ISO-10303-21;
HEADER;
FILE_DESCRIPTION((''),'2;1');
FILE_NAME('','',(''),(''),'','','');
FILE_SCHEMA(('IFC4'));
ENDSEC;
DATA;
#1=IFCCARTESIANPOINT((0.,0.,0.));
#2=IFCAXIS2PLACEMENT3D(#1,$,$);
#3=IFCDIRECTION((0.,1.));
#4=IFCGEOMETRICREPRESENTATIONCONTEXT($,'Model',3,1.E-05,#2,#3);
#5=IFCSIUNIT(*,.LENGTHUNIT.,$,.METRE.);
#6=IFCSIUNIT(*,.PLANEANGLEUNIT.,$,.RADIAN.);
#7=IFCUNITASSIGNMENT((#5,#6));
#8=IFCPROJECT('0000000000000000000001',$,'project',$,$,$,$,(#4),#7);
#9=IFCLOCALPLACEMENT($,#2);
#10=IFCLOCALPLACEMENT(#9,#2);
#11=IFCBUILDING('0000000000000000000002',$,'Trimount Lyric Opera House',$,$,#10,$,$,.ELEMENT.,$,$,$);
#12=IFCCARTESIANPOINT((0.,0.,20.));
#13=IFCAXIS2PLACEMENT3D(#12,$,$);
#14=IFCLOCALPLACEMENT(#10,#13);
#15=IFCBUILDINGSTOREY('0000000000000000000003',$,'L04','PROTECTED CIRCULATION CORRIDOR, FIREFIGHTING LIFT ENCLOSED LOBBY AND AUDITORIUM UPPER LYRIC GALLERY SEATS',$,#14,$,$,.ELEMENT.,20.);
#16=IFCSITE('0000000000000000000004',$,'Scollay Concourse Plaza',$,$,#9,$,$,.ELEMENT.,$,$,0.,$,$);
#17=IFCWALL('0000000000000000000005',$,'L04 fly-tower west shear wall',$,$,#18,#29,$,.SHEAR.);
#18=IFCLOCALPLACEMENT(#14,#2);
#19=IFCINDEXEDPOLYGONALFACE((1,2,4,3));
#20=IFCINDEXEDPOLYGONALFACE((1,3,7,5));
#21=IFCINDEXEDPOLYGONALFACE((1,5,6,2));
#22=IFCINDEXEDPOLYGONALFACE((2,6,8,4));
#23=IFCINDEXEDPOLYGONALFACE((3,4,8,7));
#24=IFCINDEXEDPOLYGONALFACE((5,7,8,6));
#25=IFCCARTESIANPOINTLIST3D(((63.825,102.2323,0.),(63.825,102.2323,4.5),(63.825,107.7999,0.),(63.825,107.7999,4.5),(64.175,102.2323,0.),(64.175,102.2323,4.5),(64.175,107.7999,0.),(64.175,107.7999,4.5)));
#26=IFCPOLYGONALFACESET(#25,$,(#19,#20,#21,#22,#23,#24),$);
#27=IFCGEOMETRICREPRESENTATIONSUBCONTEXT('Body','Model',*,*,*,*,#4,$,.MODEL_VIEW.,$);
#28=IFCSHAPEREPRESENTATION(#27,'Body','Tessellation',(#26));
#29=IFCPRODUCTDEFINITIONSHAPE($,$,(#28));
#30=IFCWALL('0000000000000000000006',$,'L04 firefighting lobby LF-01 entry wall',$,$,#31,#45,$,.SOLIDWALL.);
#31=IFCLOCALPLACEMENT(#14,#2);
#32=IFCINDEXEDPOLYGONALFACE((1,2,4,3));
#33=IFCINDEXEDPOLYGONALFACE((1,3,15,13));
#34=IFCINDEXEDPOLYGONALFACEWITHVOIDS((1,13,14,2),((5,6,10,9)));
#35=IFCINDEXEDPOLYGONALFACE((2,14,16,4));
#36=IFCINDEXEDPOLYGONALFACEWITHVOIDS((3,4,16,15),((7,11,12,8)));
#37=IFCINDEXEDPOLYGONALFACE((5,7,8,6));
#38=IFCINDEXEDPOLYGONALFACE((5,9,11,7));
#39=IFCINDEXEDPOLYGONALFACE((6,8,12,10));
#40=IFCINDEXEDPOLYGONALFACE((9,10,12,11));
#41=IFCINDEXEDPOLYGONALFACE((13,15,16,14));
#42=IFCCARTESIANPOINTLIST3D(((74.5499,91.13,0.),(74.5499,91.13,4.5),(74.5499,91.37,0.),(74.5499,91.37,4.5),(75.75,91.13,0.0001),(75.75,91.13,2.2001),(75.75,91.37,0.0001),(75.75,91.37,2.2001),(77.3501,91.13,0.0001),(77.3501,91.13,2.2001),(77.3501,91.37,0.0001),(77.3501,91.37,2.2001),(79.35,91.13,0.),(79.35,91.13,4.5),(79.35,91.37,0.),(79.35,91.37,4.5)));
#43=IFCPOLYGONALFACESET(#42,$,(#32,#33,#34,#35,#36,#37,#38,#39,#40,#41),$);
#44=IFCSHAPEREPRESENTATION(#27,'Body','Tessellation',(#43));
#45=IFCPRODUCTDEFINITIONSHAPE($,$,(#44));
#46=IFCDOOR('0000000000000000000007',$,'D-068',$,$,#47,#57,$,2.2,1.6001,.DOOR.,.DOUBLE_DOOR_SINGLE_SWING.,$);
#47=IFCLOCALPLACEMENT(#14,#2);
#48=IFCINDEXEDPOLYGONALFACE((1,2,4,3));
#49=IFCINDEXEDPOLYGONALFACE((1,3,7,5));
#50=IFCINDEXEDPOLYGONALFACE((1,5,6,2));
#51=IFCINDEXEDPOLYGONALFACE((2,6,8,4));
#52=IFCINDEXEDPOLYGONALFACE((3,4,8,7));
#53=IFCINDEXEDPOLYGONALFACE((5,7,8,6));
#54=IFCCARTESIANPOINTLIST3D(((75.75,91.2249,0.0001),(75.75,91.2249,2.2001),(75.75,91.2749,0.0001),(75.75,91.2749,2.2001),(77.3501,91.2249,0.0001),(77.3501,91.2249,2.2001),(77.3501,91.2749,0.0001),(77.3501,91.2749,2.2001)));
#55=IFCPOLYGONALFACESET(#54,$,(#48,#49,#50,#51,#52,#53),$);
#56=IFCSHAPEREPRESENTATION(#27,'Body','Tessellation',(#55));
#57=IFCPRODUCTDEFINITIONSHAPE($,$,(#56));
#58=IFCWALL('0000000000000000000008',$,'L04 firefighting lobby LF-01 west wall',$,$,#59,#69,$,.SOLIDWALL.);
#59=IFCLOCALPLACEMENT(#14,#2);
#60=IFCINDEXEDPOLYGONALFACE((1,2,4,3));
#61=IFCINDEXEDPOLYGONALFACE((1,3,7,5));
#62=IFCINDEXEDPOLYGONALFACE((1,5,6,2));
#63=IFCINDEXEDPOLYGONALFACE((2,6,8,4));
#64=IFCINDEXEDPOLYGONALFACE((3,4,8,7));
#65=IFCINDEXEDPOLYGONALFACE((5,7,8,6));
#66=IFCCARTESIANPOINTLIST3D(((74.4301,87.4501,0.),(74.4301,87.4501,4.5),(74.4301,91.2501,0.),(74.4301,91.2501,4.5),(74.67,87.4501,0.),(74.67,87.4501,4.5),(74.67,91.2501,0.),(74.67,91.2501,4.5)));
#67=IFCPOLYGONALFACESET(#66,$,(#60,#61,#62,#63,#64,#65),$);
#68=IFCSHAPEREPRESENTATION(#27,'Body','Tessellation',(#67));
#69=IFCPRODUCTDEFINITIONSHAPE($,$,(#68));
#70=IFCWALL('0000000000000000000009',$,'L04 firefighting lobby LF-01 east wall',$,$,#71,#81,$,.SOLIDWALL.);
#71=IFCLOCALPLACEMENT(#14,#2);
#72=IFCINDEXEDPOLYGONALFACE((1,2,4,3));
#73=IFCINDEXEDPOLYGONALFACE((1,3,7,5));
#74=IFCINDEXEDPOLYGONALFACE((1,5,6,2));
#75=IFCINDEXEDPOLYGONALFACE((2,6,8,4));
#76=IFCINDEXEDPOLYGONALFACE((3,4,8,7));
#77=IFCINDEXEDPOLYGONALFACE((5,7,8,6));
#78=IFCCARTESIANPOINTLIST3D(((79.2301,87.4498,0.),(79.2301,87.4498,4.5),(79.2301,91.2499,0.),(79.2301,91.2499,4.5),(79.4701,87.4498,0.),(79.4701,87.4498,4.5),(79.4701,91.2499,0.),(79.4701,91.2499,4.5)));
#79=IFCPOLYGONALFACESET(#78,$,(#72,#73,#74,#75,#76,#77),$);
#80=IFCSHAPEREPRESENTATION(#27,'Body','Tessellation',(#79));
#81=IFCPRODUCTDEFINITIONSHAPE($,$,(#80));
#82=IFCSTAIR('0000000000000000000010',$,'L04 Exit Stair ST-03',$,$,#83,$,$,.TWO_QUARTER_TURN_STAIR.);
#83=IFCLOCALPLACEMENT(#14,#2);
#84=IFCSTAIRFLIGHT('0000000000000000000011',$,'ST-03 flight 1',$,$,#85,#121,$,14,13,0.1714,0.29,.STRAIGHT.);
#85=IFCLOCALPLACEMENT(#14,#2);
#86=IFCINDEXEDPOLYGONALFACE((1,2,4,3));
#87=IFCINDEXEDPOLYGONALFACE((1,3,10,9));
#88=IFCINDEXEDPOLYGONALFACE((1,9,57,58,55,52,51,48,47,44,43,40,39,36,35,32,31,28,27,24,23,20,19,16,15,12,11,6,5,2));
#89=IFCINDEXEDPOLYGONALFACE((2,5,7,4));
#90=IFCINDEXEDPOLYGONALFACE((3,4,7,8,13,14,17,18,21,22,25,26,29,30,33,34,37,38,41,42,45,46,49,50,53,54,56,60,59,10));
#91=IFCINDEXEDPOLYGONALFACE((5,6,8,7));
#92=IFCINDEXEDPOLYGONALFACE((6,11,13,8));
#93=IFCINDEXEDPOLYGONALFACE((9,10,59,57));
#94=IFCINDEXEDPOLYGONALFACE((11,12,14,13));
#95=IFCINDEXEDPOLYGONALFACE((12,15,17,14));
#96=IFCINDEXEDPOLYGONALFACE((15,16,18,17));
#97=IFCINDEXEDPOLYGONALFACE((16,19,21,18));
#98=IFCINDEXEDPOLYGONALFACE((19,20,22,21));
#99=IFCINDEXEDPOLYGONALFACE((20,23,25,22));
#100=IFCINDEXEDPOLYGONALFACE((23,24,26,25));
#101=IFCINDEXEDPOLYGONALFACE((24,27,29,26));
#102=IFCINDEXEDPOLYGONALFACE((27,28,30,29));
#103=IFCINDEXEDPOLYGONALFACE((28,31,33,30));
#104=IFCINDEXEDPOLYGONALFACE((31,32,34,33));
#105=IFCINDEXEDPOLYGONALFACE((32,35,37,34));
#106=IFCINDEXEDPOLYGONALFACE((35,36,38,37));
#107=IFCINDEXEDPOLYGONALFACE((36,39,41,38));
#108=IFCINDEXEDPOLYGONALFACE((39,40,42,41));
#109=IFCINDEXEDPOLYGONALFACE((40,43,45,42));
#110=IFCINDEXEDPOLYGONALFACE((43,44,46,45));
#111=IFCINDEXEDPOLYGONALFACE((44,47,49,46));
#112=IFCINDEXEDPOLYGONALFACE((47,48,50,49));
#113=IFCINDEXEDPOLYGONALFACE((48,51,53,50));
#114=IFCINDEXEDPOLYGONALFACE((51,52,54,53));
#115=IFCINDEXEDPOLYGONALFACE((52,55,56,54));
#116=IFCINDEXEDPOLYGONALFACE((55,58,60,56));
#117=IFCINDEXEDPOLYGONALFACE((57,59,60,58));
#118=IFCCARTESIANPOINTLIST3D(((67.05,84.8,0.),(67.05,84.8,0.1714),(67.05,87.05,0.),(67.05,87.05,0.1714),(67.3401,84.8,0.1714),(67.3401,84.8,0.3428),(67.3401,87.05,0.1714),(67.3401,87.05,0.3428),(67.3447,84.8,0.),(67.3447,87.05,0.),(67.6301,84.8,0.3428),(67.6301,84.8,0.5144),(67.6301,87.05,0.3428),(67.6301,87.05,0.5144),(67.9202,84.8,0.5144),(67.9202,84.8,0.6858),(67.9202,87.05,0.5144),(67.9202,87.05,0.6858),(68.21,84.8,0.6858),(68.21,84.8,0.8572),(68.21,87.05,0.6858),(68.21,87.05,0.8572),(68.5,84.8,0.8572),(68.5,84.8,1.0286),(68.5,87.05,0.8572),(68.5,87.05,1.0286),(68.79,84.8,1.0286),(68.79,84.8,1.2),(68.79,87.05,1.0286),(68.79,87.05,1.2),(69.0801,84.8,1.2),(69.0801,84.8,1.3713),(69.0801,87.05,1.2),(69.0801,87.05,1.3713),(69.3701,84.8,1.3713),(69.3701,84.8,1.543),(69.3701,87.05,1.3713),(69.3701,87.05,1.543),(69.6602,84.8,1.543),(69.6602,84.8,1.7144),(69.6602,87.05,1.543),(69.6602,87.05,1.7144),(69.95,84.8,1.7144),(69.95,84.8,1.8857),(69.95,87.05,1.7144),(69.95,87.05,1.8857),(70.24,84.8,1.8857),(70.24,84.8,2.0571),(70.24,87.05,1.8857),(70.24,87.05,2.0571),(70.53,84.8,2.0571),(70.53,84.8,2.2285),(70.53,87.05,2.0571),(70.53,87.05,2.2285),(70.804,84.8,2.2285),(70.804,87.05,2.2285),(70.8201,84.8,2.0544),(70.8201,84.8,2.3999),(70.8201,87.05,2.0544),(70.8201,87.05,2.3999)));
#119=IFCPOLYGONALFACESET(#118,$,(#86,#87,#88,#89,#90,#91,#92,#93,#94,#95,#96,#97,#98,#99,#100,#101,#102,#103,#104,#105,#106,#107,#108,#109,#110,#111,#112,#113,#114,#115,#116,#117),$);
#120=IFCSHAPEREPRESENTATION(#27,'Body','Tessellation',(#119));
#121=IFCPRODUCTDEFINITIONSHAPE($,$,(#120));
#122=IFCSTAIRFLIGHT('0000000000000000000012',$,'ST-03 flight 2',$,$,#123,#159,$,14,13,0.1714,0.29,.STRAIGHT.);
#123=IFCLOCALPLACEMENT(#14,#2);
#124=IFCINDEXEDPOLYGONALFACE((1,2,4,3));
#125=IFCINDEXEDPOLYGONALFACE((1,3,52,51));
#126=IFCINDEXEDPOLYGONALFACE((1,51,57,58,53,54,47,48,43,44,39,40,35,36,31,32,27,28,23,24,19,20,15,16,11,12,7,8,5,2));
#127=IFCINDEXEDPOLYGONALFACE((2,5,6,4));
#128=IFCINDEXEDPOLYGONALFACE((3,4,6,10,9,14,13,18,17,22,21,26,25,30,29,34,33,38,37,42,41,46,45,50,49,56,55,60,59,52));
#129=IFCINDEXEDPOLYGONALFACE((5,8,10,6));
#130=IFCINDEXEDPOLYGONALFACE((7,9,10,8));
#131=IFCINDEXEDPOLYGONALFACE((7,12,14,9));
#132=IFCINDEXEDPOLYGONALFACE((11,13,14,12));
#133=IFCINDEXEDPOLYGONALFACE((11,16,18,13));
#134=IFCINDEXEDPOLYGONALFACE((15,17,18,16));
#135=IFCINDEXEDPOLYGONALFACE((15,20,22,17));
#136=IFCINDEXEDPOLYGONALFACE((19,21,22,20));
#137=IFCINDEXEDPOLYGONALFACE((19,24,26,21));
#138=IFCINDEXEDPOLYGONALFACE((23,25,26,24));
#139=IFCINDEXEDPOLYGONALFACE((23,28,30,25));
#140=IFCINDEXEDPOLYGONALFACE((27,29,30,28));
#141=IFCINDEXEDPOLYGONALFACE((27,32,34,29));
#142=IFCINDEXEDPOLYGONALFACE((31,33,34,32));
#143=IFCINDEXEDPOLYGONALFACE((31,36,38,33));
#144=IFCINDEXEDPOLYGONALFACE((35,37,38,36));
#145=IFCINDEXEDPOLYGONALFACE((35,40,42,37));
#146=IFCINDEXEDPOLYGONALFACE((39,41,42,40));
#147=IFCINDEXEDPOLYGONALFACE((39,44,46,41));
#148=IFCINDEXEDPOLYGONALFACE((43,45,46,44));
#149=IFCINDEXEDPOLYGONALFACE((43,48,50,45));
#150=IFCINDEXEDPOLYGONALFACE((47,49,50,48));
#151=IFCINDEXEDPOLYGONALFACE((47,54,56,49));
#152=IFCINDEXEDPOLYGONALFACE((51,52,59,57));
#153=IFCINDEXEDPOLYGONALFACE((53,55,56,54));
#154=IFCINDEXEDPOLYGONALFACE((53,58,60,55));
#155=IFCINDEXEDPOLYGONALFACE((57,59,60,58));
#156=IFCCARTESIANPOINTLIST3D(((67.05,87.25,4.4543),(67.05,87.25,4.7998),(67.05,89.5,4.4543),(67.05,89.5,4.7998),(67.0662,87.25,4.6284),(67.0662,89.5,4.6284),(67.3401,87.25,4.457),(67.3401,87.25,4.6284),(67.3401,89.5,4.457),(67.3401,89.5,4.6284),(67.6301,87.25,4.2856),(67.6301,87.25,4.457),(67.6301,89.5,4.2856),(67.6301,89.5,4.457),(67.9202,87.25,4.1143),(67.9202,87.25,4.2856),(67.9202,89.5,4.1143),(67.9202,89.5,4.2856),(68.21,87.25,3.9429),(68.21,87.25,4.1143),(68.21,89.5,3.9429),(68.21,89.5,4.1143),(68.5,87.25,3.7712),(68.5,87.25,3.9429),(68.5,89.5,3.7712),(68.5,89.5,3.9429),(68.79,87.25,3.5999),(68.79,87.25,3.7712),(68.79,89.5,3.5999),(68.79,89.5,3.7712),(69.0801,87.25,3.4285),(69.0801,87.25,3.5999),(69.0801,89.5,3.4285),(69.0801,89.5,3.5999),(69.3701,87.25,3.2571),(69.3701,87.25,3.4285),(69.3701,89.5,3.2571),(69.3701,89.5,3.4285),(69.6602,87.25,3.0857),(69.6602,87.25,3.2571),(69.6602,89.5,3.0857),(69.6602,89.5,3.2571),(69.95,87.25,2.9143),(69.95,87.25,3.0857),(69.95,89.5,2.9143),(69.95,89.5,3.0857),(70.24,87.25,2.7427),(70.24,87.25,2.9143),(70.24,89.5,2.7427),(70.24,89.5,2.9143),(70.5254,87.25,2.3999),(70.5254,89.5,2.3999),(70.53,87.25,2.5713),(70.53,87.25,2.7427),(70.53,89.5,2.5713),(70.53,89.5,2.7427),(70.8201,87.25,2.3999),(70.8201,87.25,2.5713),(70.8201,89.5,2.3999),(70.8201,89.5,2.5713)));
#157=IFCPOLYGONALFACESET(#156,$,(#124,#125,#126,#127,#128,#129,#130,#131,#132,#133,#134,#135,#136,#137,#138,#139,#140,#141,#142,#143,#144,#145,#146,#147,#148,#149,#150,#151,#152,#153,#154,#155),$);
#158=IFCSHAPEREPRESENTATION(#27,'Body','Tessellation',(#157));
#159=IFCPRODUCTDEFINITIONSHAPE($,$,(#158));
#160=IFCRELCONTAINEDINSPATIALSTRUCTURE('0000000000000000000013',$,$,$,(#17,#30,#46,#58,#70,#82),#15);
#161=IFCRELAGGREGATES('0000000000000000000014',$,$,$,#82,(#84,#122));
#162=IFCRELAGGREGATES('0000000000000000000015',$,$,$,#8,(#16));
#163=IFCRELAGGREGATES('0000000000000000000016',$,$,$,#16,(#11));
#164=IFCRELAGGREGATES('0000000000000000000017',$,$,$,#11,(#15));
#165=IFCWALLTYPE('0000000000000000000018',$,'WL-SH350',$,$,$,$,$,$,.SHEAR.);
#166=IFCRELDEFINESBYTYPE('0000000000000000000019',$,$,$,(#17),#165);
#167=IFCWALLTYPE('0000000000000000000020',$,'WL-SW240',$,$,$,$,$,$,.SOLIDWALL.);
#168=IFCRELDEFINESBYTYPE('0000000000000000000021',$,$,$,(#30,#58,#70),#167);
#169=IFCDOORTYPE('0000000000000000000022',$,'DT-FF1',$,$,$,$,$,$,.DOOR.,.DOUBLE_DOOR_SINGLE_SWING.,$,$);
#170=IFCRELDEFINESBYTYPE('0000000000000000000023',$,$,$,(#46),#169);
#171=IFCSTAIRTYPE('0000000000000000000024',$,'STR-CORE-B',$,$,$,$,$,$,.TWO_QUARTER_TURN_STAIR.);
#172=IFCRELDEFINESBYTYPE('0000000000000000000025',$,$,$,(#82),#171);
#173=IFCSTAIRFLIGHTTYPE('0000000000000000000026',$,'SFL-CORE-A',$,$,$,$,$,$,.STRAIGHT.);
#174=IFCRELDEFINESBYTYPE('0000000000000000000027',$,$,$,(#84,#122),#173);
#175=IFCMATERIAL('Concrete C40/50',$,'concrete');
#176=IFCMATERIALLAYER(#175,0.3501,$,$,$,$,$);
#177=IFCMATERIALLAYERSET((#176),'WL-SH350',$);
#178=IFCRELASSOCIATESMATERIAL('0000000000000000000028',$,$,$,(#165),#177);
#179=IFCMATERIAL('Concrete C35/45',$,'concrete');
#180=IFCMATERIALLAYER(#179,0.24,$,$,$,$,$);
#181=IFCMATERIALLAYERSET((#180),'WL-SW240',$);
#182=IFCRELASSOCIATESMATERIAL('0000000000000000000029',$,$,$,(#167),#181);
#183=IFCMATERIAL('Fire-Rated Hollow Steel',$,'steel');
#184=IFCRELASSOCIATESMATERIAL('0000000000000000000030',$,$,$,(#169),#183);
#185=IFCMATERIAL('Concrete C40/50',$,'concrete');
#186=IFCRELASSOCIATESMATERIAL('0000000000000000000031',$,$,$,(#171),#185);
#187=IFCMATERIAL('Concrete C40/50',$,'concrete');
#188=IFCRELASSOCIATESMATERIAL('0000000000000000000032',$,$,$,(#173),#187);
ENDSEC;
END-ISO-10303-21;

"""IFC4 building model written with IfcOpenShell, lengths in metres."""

from ifc_helpers import new_model, si_unit, direction, frame, frame_2d, origin, place, context, subcontext, project, spatial, polyline, rectangle, outline, extrude, material, layer, layer_set, type_object, element, fill, aggregate, save


model = new_model("IFC4")

# Units and contexts
model_context = context("Model", 3, precision=1e-05, world=origin(), true_north=direction((0.0, 1.0)))
body_context = subcontext(model_context, "Body", "Model", "MODEL_VIEW")
ifc_project = project(units=[si_unit("LENGTHUNIT", "METRE"), si_unit("PLANEANGLEUNIT", "RADIAN")], contexts=[model_context])

# Site, building, storey
site_placement = place(None, origin())
site = spatial("IfcSite", under=ifc_project, at=site_placement, Name="Scollay Concourse Plaza", CompositionType="ELEMENT", RefElevation=0.0)
building_placement = place(site_placement, origin())
building = spatial("IfcBuilding", under=site, at=building_placement, Name="Trimount Lyric Opera House", CompositionType="ELEMENT")
storey_placement = place(building_placement, frame((0.0, 0.0, 20.0)))
storey = spatial("IfcBuildingStorey", under=building, at=storey_placement, Name="L04", Description="PROTECTED CIRCULATION CORRIDOR, FIREFIGHTING LIFT ENCLOSED LOBBY AND AUDITORIUM UPPER LYRIC GALLERY SEATS", CompositionType="ELEMENT", Elevation=20.0)

# Shared definitions
ifc_material_1 = material(Name="Concrete C40/50", Category="concrete")
ifc_layer_1 = layer(ifc_material_1, 0.3501)
ifc_layer_set_1 = layer_set([ifc_layer_1], Name="WL-SH350")
wall_type_1 = type_object("IfcWallType", Name="WL-SH350", PredefinedType="SHEAR", material=ifc_layer_set_1)

# Wall
wall_1_placement = place(storey_placement, frame((64.0, 102.2324, 0.0), z_axis=(0.0, 0.0, 1.0), x_axis=(0.0, 1.0, 0.0)))
element("IfcWall", 1, at=wall_1_placement, inside=storey, type_object=wall_type_1, Name="L04 fly-tower west shear wall", PredefinedType="SHEAR", context=body_context, shape_type="SweptSolid", body=[
    extrude(rectangle(XDim=5.5676, YDim=0.3501, at=frame_2d((2.7837, 0.0))), origin(), (0.0, 0.0, 1.0), 4.5),
])

# Wall, opening, door
ifc_material_2 = material(Name="Concrete C35/45", Category="concrete")
ifc_layer_2 = layer(ifc_material_2, 0.24)
ifc_layer_set_2 = layer_set([ifc_layer_2], Name="WL-SW240")
wall_type_2 = type_object("IfcWallType", Name="WL-SW240", PredefinedType="SOLIDWALL", material=ifc_layer_set_2)
wall_2_placement = place(storey_placement, frame((74.55, 91.25, 0.0), z_axis=(0.0, 0.0, 1.0), x_axis=(1.0, 0.0, 0.0)))
wall_2 = element("IfcWall", 2, at=wall_2_placement, inside=storey, type_object=wall_type_2, Name="L04 firefighting lobby LF-01 entry wall", PredefinedType="SOLIDWALL", context=body_context, shape_type="SweptSolid", body=[
    extrude(rectangle(XDim=4.8, YDim=0.24, at=frame_2d((2.3999, 0.0))), origin(), (0.0, 0.0, 1.0), 4.5),
])
opening_1_placement = place(wall_2_placement, frame((1.2, 0.0, 0.0)))
opening_1 = element("IfcOpeningElement", 3, at=opening_1_placement, cuts=wall_2, PredefinedType="OPENING", context=body_context, shape_type="SweptSolid", body=[
    extrude(rectangle(XDim=1.6001, YDim=2.2, at=frame_2d((0.8, 1.1001))), frame((0.0, 0.1299, 0.0), z_axis=(0.0, -1.0, 0.0), x_axis=(1.0, 0.0, 0.0)), (0.0, 0.0, 1.0), 0.26),
])
ifc_material_3 = material(Name="Fire-Rated Hollow Steel", Category="steel")
door_type_1 = type_object("IfcDoorType", Name="DT-FF1", OperationType="DOUBLE_DOOR_SINGLE_SWING", PredefinedType="DOOR", material=ifc_material_3)
door_1_placement = place(opening_1_placement, origin())
door_1 = element("IfcDoor", 4, at=door_1_placement, inside=storey, type_object=door_type_1, Name="D-068", OperationType="DOUBLE_DOOR_SINGLE_SWING", OverallHeight=2.2, OverallWidth=1.6001, PredefinedType="DOOR", context=body_context, shape_type="SweptSolid", body=[
    extrude(rectangle(XDim=1.6001, YDim=2.2, at=frame_2d((0.8, 1.1001))), frame((0.0, 0.0249, 0.0), z_axis=(0.0, -1.0, 0.0), x_axis=(1.0, 0.0, 0.0)), (0.0, 0.0, 1.0), 0.05),
])
fill(opening_1, door_1)

# Walls
for number, where, z_axis, x_axis, name in (
    (5, (74.55, 91.25, 0.0), (0.0, 0.0, 1.0), (0.0, -1.0, 0.0), "L04 firefighting lobby LF-01 west wall"),
    (6, (79.3501, 87.45, 0.0), (0.0, 0.0, 1.0), (0.0, 1.0, 0.0), "L04 firefighting lobby LF-01 east wall"),
):
    element("IfcWall", number, at=place(storey_placement, frame(where, z_axis=z_axis, x_axis=x_axis)), inside=storey, type_object=wall_type_2, Name=name, PredefinedType="SOLIDWALL", context=body_context, shape_type="SweptSolid", body=[
        extrude(rectangle(XDim=3.8, YDim=0.24, at=frame_2d((1.8999, 0.0))), origin(), (0.0, 0.0, 1.0), 4.5),
    ])

# Stair, stair flights
ifc_material_4 = material(Name="Concrete C40/50", Category="concrete")
stair_type = type_object("IfcStairType", Name="STR-CORE-B", PredefinedType="TWO_QUARTER_TURN_STAIR", material=ifc_material_4)
stair_placement = place(storey_placement, origin())
stair = element("IfcStair", 7, at=stair_placement, inside=storey, type_object=stair_type, Name="L04 Exit Stair ST-03", PredefinedType="TWO_QUARTER_TURN_STAIR")
ifc_material_5 = material(Name="Concrete C40/50", Category="concrete")
stair_flight_type = type_object("IfcStairFlightType", Name="SFL-CORE-A", PredefinedType="STRAIGHT", material=ifc_material_5)
stair_flight_1_placement = place(storey_placement, frame((67.05, 85.925, 0.0), z_axis=(0.0, 0.0, 1.0), x_axis=(1.0, 0.0, 0.0)))
stair_flight_1 = element("IfcStairFlight", 8, at=stair_flight_1_placement, type_object=stair_flight_type, Name="ST-03 flight 1", NumberOfRisers=14, NumberOfTreads=13, PredefinedType="STRAIGHT", RiserHeight=0.1714, TreadLength=0.29, context=body_context, shape_type="SweptSolid", body=[
    extrude(outline(polyline([(0.0, 0.0), (0.0, 0.1714), (0.29, 0.1714), (0.29, 0.3428), (0.5801, 0.3428), (0.5801, 0.5144), (0.8701, 0.5144), (0.8701, 0.6858), (1.1599, 0.6858), (1.1599, 0.8572), (1.45, 0.8572), (1.45, 1.0286), (1.74, 1.0286), (1.74, 1.2), (2.03, 1.2), (2.03, 1.3713), (2.3201, 1.3713), (2.3201, 1.543), (2.6101, 1.543), (2.6101, 1.7144), (2.8999, 1.7144), (2.8999, 1.8857), (3.1899, 1.8857), (3.1899, 2.0571), (3.48, 2.0571), (3.48, 2.2285), (3.7539, 2.2285), (3.77, 2.3999), (3.77, 2.0544), (0.2947, 0.0), (0.0, 0.0)])), frame((0.0, 1.125, 0.0), z_axis=(0.0, -1.0, 0.0), x_axis=(1.0, 0.0, 0.0)), (0.0, 0.0, 1.0), 2.25),
])
stair_flight_2_placement = place(storey_placement, frame((70.8201, 88.375, 2.3999), z_axis=(0.0, 0.0, 1.0), x_axis=(-1.0, 0.0, 0.0)))
stair_flight_2 = element("IfcStairFlight", 9, at=stair_flight_2_placement, type_object=stair_flight_type, Name="ST-03 flight 2", NumberOfRisers=14, NumberOfTreads=13, PredefinedType="STRAIGHT", RiserHeight=0.1714, TreadLength=0.29, context=body_context, shape_type="SweptSolid", body=[
    extrude(outline(polyline([(0.0, 0.0), (0.0, 0.1714), (0.29, 0.1714), (0.29, 0.3428), (0.5801, 0.3428), (0.5801, 0.5144), (0.8701, 0.5144), (0.8701, 0.6858), (1.1599, 0.6858), (1.1599, 0.8572), (1.45, 0.8572), (1.45, 1.0286), (1.74, 1.0286), (1.74, 1.2), (2.03, 1.2), (2.03, 1.3713), (2.3201, 1.3713), (2.3201, 1.543), (2.6101, 1.543), (2.6101, 1.7144), (2.8999, 1.7144), (2.8999, 1.8857), (3.1899, 1.8857), (3.1899, 2.0571), (3.48, 2.0571), (3.48, 2.2285), (3.7539, 2.2285), (3.77, 2.3999), (3.77, 2.0544), (0.2947, 0.0), (0.0, 0.0)])), frame((0.0, 1.125, 0.0), z_axis=(0.0, -1.0, 0.0), x_axis=(1.0, 0.0, 0.0)), (0.0, 0.0, 1.0), 2.25),
])
aggregate(stair, [stair_flight_1, stair_flight_2])

save(model, "model.ifc")
